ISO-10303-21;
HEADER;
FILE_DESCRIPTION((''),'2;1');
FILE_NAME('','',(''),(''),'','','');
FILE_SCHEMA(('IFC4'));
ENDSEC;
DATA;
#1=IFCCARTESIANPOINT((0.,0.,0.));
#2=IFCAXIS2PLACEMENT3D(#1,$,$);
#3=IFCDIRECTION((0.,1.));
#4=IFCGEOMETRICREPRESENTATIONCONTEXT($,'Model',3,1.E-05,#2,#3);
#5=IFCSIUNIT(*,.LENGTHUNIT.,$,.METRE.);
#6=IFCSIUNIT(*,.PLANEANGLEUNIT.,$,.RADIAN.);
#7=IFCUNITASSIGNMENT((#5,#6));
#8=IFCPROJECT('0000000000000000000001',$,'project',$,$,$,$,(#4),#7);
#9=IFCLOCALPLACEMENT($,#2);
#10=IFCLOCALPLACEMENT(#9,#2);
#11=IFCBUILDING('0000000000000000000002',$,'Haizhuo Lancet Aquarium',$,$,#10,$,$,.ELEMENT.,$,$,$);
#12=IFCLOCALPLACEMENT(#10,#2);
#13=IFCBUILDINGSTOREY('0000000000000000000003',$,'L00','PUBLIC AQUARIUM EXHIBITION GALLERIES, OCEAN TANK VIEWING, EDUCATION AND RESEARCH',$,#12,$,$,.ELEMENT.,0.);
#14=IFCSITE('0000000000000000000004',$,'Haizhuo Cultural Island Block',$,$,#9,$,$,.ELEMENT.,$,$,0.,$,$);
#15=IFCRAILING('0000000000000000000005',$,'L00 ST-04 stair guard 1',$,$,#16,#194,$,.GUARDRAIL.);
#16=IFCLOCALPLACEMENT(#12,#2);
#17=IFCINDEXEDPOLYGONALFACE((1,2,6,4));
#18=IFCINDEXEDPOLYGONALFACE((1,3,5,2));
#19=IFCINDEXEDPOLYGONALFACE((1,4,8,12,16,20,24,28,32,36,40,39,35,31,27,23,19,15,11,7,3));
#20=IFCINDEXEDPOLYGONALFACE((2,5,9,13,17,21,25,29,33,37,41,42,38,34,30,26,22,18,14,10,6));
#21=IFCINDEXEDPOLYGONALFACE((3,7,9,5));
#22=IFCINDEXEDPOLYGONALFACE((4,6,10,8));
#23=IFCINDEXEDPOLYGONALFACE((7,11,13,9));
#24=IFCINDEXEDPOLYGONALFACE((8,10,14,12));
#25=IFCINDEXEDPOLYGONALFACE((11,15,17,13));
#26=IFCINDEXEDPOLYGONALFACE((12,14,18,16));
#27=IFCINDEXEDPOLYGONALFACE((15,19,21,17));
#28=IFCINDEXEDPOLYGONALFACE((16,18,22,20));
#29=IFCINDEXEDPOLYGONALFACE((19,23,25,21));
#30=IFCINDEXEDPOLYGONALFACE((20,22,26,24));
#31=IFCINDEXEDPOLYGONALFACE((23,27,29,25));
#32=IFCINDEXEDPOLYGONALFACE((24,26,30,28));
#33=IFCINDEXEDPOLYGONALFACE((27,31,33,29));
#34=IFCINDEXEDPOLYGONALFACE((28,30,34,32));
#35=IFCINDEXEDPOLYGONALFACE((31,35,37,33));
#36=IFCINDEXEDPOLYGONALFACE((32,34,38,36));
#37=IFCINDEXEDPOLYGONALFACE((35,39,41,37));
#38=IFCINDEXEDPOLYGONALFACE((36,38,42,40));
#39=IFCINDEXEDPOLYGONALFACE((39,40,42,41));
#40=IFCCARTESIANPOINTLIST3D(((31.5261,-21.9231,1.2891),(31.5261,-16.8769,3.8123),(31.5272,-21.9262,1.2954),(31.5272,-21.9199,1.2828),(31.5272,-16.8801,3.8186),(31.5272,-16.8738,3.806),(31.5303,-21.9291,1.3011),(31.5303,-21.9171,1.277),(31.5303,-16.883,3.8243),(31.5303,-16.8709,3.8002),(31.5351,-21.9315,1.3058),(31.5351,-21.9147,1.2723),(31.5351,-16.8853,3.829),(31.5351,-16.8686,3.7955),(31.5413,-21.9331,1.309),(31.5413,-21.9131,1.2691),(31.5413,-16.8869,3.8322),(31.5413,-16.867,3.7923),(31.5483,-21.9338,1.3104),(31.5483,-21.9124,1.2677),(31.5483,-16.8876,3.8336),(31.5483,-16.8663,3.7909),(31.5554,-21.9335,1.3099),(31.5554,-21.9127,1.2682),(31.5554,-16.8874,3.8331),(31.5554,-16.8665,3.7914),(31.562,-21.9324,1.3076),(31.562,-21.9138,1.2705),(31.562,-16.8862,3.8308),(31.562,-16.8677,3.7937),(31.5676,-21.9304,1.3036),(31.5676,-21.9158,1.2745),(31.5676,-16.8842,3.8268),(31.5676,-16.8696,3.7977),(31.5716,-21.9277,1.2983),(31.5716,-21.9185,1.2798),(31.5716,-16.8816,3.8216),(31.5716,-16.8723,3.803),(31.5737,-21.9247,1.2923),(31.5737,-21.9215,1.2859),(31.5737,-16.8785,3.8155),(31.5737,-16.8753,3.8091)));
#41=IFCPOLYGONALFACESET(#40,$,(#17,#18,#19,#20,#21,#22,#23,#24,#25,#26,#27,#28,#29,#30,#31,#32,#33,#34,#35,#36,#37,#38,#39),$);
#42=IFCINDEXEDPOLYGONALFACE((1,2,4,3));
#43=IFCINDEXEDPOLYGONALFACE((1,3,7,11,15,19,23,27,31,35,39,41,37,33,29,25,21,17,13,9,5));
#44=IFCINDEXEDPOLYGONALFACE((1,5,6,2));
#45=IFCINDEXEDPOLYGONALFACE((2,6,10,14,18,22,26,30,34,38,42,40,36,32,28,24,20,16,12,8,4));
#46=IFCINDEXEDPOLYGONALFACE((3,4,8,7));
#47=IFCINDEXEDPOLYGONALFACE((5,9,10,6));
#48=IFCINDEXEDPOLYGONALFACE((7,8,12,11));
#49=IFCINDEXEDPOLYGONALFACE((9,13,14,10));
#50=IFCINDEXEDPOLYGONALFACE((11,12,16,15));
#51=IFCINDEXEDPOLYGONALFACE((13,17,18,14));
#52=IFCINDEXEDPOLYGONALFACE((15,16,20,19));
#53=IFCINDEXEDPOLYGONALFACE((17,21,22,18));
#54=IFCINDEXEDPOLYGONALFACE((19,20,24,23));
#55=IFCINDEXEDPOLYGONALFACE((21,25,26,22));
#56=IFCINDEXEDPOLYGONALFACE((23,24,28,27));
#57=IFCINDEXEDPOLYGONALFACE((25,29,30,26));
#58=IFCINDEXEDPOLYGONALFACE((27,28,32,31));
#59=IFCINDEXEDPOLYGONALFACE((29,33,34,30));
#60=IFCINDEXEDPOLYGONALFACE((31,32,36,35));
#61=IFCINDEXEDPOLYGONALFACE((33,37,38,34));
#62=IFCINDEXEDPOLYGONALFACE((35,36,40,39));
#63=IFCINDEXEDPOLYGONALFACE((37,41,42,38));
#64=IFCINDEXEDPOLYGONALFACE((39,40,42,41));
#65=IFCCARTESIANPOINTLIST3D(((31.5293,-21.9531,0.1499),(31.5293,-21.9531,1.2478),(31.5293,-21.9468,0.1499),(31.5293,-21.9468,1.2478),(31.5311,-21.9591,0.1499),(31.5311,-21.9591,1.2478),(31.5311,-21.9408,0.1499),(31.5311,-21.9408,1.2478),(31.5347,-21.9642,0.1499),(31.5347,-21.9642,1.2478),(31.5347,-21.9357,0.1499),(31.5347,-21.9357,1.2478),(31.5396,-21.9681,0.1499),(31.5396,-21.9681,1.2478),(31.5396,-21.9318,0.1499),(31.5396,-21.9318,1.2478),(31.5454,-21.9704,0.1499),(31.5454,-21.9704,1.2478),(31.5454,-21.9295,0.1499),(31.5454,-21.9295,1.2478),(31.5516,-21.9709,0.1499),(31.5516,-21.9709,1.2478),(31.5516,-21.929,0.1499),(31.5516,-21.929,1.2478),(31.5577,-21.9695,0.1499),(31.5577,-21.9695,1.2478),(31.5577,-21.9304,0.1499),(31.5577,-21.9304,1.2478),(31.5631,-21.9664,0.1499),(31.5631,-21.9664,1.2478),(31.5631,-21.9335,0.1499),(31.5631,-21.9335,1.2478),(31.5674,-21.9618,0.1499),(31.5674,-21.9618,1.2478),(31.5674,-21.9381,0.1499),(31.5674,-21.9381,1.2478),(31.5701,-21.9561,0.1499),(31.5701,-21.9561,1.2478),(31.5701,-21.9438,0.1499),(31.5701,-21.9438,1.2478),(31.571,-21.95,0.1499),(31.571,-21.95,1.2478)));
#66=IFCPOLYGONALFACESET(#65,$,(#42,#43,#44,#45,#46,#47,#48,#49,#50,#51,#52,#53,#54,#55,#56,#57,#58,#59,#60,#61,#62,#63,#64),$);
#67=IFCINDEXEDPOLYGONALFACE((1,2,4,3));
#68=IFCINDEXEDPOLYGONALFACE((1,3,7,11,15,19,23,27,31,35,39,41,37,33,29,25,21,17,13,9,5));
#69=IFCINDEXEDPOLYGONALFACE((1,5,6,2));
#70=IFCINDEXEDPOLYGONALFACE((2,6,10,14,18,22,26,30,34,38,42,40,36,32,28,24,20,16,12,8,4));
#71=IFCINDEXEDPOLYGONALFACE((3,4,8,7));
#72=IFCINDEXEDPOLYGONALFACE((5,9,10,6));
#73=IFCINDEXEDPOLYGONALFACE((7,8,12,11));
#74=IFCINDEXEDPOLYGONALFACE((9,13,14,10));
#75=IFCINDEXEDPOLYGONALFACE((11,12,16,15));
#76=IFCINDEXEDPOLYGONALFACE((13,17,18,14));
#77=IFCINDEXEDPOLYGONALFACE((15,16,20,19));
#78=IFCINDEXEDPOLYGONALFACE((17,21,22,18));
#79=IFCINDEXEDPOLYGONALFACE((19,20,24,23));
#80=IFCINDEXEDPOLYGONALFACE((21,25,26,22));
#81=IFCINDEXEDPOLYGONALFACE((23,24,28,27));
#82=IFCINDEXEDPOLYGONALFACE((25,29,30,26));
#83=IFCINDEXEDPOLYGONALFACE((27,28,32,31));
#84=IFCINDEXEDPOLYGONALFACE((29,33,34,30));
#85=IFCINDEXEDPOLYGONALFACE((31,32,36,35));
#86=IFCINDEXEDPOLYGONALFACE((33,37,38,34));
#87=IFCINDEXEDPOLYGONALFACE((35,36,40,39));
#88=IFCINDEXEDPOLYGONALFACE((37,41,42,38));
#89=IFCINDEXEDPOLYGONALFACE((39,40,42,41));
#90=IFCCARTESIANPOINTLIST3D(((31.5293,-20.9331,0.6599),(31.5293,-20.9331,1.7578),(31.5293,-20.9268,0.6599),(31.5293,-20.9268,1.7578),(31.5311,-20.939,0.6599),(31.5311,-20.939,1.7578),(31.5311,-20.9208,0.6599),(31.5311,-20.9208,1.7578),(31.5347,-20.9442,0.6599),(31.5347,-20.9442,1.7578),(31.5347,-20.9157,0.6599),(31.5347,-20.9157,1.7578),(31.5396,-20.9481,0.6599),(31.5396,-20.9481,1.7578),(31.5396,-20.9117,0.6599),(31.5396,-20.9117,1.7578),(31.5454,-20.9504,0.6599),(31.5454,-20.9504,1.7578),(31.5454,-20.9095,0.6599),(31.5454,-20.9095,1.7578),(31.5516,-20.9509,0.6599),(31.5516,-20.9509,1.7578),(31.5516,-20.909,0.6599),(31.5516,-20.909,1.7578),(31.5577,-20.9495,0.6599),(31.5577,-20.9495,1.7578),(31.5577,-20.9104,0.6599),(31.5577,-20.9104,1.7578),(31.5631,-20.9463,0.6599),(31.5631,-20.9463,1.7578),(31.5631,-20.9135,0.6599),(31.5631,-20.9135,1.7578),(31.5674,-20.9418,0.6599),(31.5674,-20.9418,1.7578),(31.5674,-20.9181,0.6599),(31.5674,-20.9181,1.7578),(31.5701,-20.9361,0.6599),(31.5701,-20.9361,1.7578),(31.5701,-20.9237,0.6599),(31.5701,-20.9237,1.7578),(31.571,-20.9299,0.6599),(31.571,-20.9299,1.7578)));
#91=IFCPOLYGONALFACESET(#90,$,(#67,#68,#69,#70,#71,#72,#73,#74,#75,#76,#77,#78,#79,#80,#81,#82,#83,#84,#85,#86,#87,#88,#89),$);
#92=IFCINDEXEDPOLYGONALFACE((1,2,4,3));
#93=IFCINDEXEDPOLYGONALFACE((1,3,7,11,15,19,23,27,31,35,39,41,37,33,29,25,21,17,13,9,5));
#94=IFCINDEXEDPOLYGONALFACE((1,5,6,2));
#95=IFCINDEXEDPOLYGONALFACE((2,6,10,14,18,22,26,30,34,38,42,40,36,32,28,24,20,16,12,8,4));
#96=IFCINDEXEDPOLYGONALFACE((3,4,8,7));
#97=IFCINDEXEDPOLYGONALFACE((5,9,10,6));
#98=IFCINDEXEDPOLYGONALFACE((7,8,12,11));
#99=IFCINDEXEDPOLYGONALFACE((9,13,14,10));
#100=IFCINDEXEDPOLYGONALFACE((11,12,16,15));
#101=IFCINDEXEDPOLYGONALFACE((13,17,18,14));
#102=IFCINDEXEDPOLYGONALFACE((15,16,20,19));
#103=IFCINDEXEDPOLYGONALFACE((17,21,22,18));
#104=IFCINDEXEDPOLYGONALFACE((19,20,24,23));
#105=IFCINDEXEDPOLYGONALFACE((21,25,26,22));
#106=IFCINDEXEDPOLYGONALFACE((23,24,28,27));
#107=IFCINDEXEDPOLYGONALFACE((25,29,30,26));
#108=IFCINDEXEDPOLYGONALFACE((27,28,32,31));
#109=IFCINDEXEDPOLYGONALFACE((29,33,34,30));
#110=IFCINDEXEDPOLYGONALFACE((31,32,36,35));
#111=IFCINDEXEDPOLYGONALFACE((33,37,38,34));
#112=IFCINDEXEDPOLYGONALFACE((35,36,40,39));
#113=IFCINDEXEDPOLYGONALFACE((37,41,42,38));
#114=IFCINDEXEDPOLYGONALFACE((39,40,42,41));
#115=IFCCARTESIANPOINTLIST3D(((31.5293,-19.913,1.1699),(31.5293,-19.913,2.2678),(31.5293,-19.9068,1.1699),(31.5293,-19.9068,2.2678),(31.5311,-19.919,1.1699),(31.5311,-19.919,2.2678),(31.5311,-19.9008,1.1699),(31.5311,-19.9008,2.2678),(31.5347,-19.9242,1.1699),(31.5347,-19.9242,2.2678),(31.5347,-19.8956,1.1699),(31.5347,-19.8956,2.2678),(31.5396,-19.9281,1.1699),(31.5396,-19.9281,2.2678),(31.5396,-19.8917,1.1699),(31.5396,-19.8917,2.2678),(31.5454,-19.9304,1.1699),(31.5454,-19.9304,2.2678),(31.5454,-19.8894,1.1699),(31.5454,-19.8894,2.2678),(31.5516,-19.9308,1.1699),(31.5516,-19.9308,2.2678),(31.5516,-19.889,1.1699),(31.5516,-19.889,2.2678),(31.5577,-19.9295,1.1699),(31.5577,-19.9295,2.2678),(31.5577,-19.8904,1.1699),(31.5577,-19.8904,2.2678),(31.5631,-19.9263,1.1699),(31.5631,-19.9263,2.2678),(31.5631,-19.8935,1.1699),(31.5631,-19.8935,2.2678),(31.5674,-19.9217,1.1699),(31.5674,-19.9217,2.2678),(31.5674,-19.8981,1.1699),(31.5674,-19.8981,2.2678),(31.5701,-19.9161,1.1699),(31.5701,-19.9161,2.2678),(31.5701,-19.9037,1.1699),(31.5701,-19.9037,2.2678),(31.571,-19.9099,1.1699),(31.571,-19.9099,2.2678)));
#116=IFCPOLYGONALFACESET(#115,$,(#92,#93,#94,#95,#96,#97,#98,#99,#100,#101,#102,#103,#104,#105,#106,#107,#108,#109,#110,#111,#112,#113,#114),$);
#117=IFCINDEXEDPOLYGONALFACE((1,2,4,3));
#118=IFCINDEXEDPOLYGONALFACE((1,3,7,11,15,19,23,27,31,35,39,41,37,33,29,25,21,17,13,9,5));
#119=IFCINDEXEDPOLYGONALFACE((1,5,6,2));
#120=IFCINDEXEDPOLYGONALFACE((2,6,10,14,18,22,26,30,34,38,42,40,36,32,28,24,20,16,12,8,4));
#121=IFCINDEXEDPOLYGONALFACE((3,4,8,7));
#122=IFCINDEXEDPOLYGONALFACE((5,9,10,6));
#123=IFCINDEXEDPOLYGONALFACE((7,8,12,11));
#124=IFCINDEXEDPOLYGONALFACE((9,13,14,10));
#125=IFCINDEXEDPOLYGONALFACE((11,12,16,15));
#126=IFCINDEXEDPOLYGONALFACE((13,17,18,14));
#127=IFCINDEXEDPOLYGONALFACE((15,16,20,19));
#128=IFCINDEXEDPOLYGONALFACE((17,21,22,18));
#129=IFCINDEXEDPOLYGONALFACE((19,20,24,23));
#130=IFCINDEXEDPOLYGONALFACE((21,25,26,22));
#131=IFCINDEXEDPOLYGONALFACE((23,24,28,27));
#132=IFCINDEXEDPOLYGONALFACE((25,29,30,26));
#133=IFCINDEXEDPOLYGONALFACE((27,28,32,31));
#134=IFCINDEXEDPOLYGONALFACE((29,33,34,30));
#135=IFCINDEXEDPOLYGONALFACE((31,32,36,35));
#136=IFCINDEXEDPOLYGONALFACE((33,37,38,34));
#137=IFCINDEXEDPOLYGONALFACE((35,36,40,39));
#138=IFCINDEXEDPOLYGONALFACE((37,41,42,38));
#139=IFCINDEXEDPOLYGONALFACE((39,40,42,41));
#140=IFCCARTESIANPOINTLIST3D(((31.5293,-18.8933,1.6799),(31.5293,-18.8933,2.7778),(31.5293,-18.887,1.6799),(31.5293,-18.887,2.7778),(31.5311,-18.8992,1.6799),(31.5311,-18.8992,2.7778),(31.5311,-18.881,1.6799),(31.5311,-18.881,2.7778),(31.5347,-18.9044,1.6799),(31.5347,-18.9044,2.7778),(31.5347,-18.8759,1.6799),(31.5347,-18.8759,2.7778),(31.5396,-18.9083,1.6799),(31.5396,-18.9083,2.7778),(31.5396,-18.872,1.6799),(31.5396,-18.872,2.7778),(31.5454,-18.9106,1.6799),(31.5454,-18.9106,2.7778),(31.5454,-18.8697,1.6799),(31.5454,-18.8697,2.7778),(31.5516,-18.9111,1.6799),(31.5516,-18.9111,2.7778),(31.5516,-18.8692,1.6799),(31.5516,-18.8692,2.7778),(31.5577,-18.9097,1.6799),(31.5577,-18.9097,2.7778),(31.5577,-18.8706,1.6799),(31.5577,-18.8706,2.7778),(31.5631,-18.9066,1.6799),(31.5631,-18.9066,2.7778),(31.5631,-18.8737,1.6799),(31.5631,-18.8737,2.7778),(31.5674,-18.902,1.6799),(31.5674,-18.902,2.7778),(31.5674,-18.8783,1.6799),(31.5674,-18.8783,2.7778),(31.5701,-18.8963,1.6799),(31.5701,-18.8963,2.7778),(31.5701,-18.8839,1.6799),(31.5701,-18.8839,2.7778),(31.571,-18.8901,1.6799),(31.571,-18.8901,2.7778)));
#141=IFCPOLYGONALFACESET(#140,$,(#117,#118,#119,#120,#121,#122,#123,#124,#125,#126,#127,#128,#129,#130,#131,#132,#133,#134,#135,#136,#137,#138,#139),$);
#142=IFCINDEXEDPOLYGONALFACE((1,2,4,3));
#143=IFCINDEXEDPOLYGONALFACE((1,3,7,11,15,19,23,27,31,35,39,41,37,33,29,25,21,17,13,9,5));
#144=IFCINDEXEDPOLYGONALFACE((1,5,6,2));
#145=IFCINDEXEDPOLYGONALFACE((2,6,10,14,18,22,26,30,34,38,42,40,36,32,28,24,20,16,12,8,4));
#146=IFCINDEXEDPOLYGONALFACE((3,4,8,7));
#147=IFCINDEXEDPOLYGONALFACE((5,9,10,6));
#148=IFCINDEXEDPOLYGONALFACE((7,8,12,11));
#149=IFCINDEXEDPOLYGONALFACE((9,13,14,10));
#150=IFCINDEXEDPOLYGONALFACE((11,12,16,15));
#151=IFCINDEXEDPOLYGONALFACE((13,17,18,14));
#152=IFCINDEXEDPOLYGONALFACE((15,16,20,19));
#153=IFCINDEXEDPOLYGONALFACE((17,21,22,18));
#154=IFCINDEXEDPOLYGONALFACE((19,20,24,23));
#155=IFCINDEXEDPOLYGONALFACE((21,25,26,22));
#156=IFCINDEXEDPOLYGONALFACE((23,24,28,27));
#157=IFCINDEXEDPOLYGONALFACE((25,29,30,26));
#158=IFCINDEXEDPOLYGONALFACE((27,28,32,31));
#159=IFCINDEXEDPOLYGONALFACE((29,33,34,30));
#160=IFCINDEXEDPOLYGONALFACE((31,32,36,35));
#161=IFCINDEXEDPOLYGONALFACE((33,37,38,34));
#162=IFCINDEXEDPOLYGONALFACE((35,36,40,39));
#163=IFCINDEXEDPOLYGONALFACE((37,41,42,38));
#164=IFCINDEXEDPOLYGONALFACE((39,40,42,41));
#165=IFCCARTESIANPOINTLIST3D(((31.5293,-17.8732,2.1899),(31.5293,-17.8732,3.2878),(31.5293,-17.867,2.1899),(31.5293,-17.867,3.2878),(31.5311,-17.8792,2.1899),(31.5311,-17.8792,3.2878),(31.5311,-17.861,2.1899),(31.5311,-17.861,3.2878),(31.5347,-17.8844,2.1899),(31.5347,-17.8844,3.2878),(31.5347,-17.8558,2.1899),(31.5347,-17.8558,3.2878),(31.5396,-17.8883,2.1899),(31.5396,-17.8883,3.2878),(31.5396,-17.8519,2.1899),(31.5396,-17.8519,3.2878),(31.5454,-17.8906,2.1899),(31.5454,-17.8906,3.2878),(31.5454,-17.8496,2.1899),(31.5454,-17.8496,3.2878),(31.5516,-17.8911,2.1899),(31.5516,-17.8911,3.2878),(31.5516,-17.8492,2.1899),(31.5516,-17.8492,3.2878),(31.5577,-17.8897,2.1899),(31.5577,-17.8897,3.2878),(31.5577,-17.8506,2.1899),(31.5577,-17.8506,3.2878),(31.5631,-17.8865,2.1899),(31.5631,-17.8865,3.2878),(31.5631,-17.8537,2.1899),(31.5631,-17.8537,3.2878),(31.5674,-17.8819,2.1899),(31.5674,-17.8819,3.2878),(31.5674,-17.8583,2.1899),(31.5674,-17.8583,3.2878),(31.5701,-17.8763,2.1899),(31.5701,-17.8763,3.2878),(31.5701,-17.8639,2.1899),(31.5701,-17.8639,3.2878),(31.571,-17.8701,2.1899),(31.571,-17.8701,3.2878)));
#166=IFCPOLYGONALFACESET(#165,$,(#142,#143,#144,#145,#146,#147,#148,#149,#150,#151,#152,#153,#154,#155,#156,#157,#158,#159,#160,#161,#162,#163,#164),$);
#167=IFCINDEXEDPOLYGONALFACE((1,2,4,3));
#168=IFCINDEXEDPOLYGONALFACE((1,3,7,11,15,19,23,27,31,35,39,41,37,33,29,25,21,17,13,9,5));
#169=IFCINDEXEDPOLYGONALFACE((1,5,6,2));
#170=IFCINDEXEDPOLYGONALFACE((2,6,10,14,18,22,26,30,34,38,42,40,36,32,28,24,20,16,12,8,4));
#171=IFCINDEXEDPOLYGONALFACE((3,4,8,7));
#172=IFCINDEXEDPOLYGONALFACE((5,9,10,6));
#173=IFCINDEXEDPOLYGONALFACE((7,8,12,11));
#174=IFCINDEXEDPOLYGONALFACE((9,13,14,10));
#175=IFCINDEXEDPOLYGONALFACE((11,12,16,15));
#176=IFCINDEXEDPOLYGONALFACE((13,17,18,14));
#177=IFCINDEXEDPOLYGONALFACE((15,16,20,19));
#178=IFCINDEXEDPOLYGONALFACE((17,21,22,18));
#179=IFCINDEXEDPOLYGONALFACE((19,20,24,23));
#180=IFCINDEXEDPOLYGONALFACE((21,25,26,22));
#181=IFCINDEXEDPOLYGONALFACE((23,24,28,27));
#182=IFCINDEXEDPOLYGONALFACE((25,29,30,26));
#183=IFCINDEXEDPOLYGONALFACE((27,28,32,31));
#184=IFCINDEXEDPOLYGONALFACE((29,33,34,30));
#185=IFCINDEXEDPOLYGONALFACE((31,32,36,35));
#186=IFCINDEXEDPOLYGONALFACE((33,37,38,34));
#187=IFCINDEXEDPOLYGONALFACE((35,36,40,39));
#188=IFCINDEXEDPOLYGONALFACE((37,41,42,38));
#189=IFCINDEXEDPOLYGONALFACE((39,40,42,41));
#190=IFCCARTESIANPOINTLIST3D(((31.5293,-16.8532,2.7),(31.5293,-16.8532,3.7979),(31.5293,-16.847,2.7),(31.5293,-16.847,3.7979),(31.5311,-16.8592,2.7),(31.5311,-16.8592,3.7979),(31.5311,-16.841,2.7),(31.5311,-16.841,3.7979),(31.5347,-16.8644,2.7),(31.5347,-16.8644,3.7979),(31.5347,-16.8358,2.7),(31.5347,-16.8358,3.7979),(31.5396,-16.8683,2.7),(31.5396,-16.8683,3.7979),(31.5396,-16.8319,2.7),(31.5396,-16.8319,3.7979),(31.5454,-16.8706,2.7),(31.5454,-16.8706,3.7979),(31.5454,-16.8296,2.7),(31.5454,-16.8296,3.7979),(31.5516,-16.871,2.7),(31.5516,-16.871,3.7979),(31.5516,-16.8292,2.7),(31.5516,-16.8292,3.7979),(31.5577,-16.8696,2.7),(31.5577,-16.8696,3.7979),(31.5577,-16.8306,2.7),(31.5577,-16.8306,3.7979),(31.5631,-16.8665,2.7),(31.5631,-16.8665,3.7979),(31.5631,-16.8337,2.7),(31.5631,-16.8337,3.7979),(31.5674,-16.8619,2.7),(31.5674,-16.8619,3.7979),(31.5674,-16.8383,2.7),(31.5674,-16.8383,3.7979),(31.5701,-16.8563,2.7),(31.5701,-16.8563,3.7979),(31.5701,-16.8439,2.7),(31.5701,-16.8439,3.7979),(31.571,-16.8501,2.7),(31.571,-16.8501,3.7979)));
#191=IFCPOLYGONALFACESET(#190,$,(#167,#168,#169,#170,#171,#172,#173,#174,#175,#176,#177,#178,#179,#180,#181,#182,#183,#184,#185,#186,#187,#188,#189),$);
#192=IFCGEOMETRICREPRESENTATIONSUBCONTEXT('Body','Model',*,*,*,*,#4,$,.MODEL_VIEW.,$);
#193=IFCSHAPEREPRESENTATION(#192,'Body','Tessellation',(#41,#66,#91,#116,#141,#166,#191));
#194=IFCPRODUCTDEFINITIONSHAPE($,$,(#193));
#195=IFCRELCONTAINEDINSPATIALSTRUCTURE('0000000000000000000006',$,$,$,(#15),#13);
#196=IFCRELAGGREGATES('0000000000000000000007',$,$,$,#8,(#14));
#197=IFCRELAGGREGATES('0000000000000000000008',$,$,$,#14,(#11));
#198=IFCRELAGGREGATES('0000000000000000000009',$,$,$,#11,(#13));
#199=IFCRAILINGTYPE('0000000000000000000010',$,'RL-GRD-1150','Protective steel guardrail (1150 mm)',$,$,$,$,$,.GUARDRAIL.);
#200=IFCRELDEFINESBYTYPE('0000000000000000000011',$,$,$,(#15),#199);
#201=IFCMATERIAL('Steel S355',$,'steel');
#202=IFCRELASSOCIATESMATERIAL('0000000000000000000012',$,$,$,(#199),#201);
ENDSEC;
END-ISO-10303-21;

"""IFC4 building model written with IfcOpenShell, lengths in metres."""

from ifc_helpers import new_model, si_unit, direction, frame, origin, origin_2d, place, context, subcontext, project, spatial, circle, extrude, material, type_object, element, save


model = new_model("IFC4")

# Units and contexts
model_context = context("Model", 3, precision=1e-05, world=origin(), true_north=direction((0.0, 1.0)))
body_context = subcontext(model_context, "Body", "Model", "MODEL_VIEW")
ifc_project = project(units=[si_unit("LENGTHUNIT", "METRE"), si_unit("PLANEANGLEUNIT", "RADIAN")], contexts=[model_context])

# Site, building, storey
site_placement = place(None, origin())
site = spatial("IfcSite", under=ifc_project, at=site_placement, Name="Haizhuo Cultural Island Block", CompositionType="ELEMENT", RefElevation=0.0)
building_placement = place(site_placement, origin())
building = spatial("IfcBuilding", under=site, at=building_placement, Name="Haizhuo Lancet Aquarium", CompositionType="ELEMENT")
storey_placement = place(building_placement, origin())
storey = spatial("IfcBuildingStorey", under=building, at=storey_placement, Name="L00", Description="PUBLIC AQUARIUM EXHIBITION GALLERIES, OCEAN TANK VIEWING, EDUCATION AND RESEARCH", CompositionType="ELEMENT", Elevation=0.0)

# Shared definitions
ifc_material_1 = material(Name="Steel S355", Category="steel")

# Railing
railing_type_1 = type_object("IfcRailingType", Name="RL-GRD-1150", Description="Protective steel guardrail (1150 mm)", PredefinedType="GUARDRAIL", material=ifc_material_1)
railing_1_placement = place(storey_placement, frame((31.55, -21.95, 0.1499)))
element("IfcRailing", 1, at=railing_1_placement, inside=storey, type_object=railing_type_1, Name="L00 ST-04 stair guard 1", PredefinedType="GUARDRAIL", context=body_context, shape_type="SweptSolid", body=[
    extrude(circle(Radius=0.0239, at=origin_2d()), frame((0.0, 0.0269, 1.1392), z_axis=(0.0, 0.894419, 0.447231), x_axis=(-1.0, 0.0, 0.0)), (0.0, 0.0, 1.0), 5.6418),
    extrude(circle(Radius=0.021, at=origin_2d()), origin(), (0.0, 0.0, 1.0), 1.0979),
    extrude(circle(Radius=0.021, at=origin_2d()), frame((0.0, 1.02, 0.51)), (0.0, 0.0, 1.0), 1.0979),
    extrude(circle(Radius=0.021, at=origin_2d()), frame((0.0, 2.04, 1.02)), (0.0, 0.0, 1.0), 1.0979),
    extrude(circle(Radius=0.021, at=origin_2d()), frame((0.0, 3.0598, 1.53)), (0.0, 0.0, 1.0), 1.0979),
    extrude(circle(Radius=0.021, at=origin_2d()), frame((0.0, 4.0798, 2.04)), (0.0, 0.0, 1.0), 1.0979),
    extrude(circle(Radius=0.021, at=origin_2d()), frame((0.0, 5.0999, 2.55)), (0.0, 0.0, 1.0), 1.0979),
])

save(model, "model.ifc")
